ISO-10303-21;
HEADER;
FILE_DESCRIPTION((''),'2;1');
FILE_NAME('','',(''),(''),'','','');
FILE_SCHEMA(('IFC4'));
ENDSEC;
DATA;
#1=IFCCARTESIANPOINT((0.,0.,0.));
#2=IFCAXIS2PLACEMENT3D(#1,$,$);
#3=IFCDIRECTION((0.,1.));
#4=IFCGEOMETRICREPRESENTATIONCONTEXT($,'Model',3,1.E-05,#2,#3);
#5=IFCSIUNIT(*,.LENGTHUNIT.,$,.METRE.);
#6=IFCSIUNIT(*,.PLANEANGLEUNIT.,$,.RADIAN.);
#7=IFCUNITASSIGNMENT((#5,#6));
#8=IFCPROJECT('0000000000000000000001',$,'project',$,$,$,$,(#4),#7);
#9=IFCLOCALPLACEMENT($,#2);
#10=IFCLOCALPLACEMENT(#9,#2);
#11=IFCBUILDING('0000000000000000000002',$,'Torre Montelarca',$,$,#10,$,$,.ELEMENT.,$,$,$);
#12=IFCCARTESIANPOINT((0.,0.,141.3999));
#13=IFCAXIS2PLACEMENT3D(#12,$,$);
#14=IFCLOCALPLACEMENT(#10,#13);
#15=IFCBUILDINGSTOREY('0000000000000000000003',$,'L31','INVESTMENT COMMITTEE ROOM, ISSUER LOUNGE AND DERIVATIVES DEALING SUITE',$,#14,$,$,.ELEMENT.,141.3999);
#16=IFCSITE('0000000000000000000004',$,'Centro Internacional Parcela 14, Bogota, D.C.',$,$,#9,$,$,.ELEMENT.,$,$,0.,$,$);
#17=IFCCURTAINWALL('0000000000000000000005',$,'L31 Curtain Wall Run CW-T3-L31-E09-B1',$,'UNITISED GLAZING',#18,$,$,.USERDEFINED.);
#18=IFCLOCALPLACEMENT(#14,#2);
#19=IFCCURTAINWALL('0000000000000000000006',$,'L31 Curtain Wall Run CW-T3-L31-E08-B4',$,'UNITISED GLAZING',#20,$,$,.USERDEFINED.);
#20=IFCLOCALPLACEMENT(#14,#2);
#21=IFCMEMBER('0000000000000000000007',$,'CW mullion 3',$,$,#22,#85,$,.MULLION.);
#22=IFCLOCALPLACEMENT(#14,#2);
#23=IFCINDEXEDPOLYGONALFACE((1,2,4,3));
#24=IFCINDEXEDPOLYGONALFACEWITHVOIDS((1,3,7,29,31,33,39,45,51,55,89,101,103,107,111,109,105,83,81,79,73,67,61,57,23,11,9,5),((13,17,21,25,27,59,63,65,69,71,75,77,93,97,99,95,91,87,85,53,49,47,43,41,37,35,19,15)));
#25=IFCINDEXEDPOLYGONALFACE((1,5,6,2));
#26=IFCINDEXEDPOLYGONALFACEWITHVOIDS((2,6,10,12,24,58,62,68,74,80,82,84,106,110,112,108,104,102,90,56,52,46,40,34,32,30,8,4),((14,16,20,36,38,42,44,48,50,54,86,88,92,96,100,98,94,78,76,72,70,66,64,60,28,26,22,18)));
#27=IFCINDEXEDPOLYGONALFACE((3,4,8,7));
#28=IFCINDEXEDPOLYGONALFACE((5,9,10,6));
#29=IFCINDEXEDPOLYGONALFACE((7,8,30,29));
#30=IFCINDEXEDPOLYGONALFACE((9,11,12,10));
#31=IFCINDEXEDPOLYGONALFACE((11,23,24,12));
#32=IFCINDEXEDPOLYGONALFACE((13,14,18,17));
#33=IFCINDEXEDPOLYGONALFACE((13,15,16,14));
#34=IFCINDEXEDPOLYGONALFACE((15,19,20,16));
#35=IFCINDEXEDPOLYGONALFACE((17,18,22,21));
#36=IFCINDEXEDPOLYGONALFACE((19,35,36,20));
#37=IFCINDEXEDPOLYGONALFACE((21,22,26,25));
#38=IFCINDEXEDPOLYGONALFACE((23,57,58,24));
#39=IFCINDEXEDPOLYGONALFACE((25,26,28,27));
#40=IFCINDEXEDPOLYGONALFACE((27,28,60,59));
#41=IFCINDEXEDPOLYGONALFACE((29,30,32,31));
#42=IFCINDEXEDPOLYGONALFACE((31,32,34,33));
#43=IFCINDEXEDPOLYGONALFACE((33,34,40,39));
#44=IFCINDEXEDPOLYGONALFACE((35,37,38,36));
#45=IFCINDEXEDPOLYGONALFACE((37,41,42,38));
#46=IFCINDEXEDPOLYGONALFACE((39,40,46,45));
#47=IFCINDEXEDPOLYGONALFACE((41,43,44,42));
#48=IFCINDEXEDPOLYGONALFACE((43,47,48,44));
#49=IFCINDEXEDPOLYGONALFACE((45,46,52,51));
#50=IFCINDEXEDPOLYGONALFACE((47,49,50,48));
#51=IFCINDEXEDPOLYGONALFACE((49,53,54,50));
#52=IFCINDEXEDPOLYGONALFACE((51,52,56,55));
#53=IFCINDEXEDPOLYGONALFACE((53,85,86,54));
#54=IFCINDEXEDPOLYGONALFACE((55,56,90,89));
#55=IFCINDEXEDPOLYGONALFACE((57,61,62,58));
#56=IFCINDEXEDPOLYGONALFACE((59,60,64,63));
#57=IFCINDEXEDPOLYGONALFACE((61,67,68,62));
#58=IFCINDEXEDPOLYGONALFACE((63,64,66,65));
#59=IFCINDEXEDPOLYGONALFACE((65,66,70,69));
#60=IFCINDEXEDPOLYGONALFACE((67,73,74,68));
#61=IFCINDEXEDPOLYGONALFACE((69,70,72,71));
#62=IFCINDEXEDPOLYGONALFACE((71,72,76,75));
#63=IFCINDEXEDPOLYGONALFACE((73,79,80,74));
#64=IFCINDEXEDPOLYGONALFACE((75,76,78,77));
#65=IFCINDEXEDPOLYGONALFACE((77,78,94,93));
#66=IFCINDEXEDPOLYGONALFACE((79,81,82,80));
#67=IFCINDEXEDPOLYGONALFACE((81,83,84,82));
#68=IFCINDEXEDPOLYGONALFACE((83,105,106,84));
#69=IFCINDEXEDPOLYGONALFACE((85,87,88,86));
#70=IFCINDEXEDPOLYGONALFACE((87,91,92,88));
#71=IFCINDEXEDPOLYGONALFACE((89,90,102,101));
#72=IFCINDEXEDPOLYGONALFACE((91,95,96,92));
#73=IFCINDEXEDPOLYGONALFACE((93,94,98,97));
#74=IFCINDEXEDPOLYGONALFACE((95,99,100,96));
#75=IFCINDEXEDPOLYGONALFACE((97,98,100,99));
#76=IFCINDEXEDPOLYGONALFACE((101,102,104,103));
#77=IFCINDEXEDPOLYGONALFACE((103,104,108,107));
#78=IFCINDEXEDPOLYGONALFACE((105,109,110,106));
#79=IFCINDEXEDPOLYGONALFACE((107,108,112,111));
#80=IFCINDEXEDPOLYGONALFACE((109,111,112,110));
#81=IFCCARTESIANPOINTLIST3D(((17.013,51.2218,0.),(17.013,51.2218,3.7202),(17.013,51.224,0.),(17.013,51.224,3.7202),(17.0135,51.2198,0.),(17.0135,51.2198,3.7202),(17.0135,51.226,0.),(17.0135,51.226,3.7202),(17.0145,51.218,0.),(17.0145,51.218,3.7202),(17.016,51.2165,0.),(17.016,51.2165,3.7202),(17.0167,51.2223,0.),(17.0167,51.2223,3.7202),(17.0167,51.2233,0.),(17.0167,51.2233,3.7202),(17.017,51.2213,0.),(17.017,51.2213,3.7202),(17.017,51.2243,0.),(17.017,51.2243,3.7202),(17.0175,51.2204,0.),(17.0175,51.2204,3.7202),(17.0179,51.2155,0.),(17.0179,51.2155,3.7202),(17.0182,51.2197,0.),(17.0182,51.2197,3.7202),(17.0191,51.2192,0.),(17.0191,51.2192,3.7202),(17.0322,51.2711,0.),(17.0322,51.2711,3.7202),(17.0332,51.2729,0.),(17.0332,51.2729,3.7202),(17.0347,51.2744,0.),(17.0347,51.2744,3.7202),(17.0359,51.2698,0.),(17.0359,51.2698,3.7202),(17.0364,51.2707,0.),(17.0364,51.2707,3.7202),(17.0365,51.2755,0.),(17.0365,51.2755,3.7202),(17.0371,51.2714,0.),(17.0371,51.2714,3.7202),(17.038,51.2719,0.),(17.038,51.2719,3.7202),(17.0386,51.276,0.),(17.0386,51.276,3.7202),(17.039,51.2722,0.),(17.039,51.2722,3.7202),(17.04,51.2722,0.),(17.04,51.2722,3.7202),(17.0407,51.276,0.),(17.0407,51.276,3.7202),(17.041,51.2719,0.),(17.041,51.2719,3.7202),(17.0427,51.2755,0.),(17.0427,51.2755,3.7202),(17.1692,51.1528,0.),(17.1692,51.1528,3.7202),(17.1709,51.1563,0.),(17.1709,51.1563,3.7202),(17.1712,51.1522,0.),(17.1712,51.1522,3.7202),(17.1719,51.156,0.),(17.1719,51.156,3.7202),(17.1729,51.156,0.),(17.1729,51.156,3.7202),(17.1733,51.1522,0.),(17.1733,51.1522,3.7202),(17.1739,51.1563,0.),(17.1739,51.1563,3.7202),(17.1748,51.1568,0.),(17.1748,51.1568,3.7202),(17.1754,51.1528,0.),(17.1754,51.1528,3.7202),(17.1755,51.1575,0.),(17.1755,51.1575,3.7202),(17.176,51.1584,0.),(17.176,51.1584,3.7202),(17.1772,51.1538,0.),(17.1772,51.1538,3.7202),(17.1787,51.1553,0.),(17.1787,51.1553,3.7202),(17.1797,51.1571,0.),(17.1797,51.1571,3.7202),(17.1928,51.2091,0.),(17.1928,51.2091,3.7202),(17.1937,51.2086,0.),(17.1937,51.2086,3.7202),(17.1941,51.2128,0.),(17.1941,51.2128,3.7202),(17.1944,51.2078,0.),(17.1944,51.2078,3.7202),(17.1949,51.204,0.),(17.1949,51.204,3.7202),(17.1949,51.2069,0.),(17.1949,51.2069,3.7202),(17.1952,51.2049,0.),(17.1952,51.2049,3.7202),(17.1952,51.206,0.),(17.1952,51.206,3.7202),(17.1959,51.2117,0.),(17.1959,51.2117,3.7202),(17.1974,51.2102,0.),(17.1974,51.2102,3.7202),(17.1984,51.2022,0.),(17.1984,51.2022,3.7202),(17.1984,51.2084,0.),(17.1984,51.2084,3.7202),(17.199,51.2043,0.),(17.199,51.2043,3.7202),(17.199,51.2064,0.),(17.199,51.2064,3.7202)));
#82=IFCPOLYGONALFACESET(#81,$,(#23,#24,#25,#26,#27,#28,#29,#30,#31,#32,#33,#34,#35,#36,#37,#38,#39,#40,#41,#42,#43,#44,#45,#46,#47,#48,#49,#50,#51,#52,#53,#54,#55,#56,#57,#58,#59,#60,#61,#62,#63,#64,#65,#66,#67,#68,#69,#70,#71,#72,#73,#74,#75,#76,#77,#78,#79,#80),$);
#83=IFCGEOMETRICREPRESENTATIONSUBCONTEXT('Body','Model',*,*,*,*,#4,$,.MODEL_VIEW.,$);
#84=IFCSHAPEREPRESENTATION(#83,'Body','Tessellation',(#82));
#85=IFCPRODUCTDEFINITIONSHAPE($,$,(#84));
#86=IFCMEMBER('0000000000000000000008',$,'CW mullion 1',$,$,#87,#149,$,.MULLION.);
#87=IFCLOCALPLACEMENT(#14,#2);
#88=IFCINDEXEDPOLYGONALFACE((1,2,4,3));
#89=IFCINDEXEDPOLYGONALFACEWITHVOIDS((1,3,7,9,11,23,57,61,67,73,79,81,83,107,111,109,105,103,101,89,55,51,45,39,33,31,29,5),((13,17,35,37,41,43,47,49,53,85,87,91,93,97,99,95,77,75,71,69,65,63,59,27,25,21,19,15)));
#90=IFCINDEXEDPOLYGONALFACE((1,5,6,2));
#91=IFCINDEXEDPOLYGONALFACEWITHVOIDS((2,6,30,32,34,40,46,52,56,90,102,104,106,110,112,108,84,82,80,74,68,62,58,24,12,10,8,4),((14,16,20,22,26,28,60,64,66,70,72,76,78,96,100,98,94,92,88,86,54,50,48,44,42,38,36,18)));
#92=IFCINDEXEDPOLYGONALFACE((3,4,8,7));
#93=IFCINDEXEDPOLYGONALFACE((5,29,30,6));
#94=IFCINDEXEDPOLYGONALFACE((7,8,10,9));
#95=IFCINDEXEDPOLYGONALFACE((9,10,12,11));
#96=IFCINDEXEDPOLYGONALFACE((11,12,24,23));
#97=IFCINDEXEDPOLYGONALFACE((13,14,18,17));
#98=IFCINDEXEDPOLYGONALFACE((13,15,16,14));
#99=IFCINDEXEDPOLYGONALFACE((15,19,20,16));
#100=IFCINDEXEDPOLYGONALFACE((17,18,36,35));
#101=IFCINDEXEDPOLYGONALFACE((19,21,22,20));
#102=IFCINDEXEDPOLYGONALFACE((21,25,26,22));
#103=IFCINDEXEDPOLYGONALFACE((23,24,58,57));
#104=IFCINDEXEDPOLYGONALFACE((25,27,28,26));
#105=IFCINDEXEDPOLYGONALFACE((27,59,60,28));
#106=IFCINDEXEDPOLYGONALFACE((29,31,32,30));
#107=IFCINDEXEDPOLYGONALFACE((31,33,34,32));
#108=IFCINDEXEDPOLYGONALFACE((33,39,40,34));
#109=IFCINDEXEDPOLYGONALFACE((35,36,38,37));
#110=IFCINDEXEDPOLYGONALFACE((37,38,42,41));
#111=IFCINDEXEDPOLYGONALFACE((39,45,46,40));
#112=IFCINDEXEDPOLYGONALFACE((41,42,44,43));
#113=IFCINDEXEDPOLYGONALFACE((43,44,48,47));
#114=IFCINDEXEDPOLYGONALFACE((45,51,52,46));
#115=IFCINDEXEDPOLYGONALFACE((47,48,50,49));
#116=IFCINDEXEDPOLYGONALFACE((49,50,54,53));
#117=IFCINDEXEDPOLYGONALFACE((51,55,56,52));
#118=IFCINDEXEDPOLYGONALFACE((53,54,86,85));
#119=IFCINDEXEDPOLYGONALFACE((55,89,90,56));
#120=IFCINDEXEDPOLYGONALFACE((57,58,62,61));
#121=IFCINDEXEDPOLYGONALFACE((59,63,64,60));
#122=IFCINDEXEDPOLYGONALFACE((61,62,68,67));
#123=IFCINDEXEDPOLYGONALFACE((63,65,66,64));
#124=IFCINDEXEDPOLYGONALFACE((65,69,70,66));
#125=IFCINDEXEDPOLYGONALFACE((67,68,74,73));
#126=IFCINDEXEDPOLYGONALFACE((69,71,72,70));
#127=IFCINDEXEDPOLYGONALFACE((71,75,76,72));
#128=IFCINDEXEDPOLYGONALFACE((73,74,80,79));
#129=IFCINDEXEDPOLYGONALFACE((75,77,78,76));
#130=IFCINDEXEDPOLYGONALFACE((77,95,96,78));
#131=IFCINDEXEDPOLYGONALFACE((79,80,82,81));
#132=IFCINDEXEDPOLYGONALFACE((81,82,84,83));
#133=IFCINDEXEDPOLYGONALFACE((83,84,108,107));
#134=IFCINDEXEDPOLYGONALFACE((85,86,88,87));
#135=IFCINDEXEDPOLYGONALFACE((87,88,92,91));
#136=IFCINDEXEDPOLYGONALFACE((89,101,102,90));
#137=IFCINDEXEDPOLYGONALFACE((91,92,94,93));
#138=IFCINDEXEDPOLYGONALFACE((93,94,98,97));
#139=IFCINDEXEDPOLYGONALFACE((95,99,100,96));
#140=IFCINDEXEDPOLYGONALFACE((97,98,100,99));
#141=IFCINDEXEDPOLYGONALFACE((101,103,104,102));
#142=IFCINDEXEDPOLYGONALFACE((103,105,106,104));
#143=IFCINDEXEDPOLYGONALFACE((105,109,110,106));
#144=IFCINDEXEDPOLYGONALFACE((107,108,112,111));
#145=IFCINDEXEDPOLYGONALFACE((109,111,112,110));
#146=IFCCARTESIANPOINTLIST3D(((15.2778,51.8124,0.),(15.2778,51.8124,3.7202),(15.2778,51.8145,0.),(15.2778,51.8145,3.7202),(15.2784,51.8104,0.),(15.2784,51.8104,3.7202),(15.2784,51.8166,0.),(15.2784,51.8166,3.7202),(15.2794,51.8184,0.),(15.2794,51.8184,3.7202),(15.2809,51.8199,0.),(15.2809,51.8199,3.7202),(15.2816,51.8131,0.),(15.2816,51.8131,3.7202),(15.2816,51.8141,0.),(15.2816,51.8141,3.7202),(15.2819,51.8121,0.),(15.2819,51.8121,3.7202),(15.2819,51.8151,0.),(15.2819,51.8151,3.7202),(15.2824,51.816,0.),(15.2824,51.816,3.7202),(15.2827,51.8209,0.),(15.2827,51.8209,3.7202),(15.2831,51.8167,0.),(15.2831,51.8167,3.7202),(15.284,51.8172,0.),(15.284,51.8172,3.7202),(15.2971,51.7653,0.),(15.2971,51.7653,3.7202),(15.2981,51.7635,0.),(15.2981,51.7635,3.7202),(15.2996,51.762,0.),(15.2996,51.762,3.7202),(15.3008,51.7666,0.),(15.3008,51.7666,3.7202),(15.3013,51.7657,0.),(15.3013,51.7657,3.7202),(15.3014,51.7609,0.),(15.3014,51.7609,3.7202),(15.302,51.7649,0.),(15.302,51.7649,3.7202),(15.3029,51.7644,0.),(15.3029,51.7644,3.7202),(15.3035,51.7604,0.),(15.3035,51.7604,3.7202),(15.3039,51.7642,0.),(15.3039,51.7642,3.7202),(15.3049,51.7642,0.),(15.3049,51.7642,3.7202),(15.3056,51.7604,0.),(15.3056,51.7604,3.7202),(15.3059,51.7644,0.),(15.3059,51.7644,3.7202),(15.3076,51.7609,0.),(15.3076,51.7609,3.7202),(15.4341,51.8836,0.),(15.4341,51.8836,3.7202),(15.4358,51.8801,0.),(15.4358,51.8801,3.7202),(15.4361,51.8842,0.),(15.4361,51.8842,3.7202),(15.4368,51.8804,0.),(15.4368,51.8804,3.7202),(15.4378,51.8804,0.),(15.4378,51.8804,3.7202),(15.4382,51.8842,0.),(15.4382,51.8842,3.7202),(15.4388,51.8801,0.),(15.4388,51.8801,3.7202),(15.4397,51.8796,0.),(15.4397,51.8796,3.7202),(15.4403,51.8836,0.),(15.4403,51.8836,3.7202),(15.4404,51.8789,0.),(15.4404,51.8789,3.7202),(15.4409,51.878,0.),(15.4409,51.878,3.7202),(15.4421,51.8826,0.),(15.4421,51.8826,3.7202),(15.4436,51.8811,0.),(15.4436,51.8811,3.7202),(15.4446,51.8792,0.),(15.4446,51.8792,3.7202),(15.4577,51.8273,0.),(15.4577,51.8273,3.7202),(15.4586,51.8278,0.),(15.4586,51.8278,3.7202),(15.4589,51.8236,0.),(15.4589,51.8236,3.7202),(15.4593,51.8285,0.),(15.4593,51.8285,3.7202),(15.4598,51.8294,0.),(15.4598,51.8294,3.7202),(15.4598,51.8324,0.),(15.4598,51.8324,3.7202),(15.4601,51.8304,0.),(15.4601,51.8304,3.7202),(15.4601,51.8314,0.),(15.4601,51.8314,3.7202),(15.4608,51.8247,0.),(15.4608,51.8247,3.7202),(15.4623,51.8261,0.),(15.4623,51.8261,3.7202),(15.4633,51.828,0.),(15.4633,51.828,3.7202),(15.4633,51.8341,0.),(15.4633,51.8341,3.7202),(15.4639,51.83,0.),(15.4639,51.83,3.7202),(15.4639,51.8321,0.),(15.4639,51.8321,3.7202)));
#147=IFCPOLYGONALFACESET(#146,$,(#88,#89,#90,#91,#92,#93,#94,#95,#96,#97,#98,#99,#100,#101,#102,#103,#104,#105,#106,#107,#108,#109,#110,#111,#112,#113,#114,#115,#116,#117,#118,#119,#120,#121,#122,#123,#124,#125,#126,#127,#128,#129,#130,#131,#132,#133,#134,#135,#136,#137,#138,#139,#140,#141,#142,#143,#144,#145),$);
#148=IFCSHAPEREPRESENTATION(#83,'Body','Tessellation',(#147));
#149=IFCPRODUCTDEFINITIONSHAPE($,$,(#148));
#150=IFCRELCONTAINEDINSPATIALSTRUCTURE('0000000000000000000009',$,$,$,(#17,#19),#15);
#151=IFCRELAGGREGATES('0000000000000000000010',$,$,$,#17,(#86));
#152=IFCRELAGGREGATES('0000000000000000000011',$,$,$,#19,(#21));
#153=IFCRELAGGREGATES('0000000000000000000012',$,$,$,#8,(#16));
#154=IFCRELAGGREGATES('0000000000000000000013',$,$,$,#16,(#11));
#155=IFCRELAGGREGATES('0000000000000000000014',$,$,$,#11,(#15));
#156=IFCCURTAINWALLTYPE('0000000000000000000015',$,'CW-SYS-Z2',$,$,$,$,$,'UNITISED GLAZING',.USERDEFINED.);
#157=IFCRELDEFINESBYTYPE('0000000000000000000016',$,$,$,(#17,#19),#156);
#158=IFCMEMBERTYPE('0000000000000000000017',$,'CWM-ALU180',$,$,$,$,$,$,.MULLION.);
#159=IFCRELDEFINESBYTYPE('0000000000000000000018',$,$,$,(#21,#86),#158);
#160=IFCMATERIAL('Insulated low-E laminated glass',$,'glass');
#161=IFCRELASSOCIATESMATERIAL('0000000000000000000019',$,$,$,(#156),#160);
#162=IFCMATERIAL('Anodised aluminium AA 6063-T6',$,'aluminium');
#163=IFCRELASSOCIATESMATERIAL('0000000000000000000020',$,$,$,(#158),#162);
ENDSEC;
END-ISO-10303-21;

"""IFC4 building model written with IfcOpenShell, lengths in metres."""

from ifc_helpers import new_model, si_unit, direction, frame, origin, origin_2d, place, context, subcontext, project, spatial, hollow_rectangle, extrude, source, transform, mapped, material, material_profile, profile_set, type_object, element, aggregate, save


model = new_model("IFC4")

# Units and contexts
model_context = context("Model", 3, precision=1e-05, world=origin(), true_north=direction((0.0, 1.0)))
body_context = subcontext(model_context, "Body", "Model", "MODEL_VIEW")
ifc_project = project(units=[si_unit("LENGTHUNIT", "METRE"), si_unit("PLANEANGLEUNIT", "RADIAN")], contexts=[model_context])

# Site, building, storey
site_placement = place(None, origin())
site = spatial("IfcSite", under=ifc_project, at=site_placement, Name="Centro Internacional Parcela 14, Bogota, D.C.", CompositionType="ELEMENT", RefElevation=0.0)
building_placement = place(site_placement, origin())
building = spatial("IfcBuilding", under=site, at=building_placement, Name="Torre Montelarca", CompositionType="ELEMENT")
storey_placement = place(building_placement, frame((0.0, 0.0, 141.3999)))
storey = spatial("IfcBuildingStorey", under=building, at=storey_placement, Name="L31", Description="INVESTMENT COMMITTEE ROOM, ISSUER LOUNGE AND DERIVATIVES DEALING SUITE", CompositionType="ELEMENT", Elevation=141.3999)

# Curtain walls, member
ifc_material_1 = material(Name="Insulated low-E laminated glass", Category="glass")
curtain_wall_type = type_object("IfcCurtainWallType", Name="CW-SYS-Z2", ElementType="UNITISED GLAZING", PredefinedType="USERDEFINED", material=ifc_material_1)
curtain_wall_1_placement = place(storey_placement, origin())
curtain_wall_1 = element("IfcCurtainWall", 1, at=curtain_wall_1_placement, inside=storey, type_object=curtain_wall_type, Name="L31 Curtain Wall Run CW-T3-L31-E09-B1", ObjectType="UNITISED GLAZING", PredefinedType="USERDEFINED")
ifc_material_2 = material(Name="Anodised aluminium AA 6063-T6", Category="aluminium")
curtain_wall_2_placement = place(storey_placement, origin())
curtain_wall_2 = element("IfcCurtainWall", 2, at=curtain_wall_2_placement, inside=storey, type_object=curtain_wall_type, Name="L31 Curtain Wall Run CW-T3-L31-E08-B4", ObjectType="UNITISED GLAZING", PredefinedType="USERDEFINED")
ifc_material_profile_1 = material_profile(ifc_material_2, hollow_rectangle(XDim=0.0649, YDim=0.1799, WallThickness=0.0039, InnerFilletRadius=0.0039, OuterFilletRadius=0.0081, at=origin_2d()), Name="ALU65X180X4", Category="aluminium")
ifc_profile_set_1 = profile_set([ifc_material_profile_1], Name="Anodised aluminium AA 6063-T6")
member_type_1 = type_object("IfcMemberType", Name="CWM-ALU180", PredefinedType="MULLION", material=ifc_profile_set_1)
shared_shape_1 = source(origin(), body_context, "Body", "SweptSolid", [
    extrude(hollow_rectangle(XDim=0.0649, YDim=0.1799, WallThickness=0.0039, InnerFilletRadius=0.0039, OuterFilletRadius=0.0081, at=origin_2d()), origin(), (0.0, 0.0, 1.0), 3.7202),
])
member_1_placement = place(storey_placement, frame((17.106, 51.2141, 0.0), z_axis=(0.0, 0.0, 1.0), x_axis=(-0.382686, -0.923878, 0.0)))
member_1 = element("IfcMember", 3, at=member_1_placement, type_object=member_type_1, Name="CW mullion 3", PredefinedType="MULLION", context=body_context, shape_type="MappedRepresentation", body=[
    mapped(shared_shape_1, transform((0.0, 0.0, 0.0), scale=1.0)),
])

# Member
member_2_placement = place(storey_placement, frame((15.3708, 51.8223, 0.0), z_axis=(0.0, 0.0, 1.0), x_axis=(0.382676, -0.923883, 0.0)))
member_2 = element("IfcMember", 4, at=member_2_placement, type_object=member_type_1, Name="CW mullion 1", PredefinedType="MULLION", context=body_context, shape_type="MappedRepresentation", body=[
    mapped(shared_shape_1, transform((0.0, 0.0, 0.0), scale=1.0)),
])

aggregate(curtain_wall_1, [member_2])
aggregate(curtain_wall_2, [member_1])

save(model, "model.ifc")
